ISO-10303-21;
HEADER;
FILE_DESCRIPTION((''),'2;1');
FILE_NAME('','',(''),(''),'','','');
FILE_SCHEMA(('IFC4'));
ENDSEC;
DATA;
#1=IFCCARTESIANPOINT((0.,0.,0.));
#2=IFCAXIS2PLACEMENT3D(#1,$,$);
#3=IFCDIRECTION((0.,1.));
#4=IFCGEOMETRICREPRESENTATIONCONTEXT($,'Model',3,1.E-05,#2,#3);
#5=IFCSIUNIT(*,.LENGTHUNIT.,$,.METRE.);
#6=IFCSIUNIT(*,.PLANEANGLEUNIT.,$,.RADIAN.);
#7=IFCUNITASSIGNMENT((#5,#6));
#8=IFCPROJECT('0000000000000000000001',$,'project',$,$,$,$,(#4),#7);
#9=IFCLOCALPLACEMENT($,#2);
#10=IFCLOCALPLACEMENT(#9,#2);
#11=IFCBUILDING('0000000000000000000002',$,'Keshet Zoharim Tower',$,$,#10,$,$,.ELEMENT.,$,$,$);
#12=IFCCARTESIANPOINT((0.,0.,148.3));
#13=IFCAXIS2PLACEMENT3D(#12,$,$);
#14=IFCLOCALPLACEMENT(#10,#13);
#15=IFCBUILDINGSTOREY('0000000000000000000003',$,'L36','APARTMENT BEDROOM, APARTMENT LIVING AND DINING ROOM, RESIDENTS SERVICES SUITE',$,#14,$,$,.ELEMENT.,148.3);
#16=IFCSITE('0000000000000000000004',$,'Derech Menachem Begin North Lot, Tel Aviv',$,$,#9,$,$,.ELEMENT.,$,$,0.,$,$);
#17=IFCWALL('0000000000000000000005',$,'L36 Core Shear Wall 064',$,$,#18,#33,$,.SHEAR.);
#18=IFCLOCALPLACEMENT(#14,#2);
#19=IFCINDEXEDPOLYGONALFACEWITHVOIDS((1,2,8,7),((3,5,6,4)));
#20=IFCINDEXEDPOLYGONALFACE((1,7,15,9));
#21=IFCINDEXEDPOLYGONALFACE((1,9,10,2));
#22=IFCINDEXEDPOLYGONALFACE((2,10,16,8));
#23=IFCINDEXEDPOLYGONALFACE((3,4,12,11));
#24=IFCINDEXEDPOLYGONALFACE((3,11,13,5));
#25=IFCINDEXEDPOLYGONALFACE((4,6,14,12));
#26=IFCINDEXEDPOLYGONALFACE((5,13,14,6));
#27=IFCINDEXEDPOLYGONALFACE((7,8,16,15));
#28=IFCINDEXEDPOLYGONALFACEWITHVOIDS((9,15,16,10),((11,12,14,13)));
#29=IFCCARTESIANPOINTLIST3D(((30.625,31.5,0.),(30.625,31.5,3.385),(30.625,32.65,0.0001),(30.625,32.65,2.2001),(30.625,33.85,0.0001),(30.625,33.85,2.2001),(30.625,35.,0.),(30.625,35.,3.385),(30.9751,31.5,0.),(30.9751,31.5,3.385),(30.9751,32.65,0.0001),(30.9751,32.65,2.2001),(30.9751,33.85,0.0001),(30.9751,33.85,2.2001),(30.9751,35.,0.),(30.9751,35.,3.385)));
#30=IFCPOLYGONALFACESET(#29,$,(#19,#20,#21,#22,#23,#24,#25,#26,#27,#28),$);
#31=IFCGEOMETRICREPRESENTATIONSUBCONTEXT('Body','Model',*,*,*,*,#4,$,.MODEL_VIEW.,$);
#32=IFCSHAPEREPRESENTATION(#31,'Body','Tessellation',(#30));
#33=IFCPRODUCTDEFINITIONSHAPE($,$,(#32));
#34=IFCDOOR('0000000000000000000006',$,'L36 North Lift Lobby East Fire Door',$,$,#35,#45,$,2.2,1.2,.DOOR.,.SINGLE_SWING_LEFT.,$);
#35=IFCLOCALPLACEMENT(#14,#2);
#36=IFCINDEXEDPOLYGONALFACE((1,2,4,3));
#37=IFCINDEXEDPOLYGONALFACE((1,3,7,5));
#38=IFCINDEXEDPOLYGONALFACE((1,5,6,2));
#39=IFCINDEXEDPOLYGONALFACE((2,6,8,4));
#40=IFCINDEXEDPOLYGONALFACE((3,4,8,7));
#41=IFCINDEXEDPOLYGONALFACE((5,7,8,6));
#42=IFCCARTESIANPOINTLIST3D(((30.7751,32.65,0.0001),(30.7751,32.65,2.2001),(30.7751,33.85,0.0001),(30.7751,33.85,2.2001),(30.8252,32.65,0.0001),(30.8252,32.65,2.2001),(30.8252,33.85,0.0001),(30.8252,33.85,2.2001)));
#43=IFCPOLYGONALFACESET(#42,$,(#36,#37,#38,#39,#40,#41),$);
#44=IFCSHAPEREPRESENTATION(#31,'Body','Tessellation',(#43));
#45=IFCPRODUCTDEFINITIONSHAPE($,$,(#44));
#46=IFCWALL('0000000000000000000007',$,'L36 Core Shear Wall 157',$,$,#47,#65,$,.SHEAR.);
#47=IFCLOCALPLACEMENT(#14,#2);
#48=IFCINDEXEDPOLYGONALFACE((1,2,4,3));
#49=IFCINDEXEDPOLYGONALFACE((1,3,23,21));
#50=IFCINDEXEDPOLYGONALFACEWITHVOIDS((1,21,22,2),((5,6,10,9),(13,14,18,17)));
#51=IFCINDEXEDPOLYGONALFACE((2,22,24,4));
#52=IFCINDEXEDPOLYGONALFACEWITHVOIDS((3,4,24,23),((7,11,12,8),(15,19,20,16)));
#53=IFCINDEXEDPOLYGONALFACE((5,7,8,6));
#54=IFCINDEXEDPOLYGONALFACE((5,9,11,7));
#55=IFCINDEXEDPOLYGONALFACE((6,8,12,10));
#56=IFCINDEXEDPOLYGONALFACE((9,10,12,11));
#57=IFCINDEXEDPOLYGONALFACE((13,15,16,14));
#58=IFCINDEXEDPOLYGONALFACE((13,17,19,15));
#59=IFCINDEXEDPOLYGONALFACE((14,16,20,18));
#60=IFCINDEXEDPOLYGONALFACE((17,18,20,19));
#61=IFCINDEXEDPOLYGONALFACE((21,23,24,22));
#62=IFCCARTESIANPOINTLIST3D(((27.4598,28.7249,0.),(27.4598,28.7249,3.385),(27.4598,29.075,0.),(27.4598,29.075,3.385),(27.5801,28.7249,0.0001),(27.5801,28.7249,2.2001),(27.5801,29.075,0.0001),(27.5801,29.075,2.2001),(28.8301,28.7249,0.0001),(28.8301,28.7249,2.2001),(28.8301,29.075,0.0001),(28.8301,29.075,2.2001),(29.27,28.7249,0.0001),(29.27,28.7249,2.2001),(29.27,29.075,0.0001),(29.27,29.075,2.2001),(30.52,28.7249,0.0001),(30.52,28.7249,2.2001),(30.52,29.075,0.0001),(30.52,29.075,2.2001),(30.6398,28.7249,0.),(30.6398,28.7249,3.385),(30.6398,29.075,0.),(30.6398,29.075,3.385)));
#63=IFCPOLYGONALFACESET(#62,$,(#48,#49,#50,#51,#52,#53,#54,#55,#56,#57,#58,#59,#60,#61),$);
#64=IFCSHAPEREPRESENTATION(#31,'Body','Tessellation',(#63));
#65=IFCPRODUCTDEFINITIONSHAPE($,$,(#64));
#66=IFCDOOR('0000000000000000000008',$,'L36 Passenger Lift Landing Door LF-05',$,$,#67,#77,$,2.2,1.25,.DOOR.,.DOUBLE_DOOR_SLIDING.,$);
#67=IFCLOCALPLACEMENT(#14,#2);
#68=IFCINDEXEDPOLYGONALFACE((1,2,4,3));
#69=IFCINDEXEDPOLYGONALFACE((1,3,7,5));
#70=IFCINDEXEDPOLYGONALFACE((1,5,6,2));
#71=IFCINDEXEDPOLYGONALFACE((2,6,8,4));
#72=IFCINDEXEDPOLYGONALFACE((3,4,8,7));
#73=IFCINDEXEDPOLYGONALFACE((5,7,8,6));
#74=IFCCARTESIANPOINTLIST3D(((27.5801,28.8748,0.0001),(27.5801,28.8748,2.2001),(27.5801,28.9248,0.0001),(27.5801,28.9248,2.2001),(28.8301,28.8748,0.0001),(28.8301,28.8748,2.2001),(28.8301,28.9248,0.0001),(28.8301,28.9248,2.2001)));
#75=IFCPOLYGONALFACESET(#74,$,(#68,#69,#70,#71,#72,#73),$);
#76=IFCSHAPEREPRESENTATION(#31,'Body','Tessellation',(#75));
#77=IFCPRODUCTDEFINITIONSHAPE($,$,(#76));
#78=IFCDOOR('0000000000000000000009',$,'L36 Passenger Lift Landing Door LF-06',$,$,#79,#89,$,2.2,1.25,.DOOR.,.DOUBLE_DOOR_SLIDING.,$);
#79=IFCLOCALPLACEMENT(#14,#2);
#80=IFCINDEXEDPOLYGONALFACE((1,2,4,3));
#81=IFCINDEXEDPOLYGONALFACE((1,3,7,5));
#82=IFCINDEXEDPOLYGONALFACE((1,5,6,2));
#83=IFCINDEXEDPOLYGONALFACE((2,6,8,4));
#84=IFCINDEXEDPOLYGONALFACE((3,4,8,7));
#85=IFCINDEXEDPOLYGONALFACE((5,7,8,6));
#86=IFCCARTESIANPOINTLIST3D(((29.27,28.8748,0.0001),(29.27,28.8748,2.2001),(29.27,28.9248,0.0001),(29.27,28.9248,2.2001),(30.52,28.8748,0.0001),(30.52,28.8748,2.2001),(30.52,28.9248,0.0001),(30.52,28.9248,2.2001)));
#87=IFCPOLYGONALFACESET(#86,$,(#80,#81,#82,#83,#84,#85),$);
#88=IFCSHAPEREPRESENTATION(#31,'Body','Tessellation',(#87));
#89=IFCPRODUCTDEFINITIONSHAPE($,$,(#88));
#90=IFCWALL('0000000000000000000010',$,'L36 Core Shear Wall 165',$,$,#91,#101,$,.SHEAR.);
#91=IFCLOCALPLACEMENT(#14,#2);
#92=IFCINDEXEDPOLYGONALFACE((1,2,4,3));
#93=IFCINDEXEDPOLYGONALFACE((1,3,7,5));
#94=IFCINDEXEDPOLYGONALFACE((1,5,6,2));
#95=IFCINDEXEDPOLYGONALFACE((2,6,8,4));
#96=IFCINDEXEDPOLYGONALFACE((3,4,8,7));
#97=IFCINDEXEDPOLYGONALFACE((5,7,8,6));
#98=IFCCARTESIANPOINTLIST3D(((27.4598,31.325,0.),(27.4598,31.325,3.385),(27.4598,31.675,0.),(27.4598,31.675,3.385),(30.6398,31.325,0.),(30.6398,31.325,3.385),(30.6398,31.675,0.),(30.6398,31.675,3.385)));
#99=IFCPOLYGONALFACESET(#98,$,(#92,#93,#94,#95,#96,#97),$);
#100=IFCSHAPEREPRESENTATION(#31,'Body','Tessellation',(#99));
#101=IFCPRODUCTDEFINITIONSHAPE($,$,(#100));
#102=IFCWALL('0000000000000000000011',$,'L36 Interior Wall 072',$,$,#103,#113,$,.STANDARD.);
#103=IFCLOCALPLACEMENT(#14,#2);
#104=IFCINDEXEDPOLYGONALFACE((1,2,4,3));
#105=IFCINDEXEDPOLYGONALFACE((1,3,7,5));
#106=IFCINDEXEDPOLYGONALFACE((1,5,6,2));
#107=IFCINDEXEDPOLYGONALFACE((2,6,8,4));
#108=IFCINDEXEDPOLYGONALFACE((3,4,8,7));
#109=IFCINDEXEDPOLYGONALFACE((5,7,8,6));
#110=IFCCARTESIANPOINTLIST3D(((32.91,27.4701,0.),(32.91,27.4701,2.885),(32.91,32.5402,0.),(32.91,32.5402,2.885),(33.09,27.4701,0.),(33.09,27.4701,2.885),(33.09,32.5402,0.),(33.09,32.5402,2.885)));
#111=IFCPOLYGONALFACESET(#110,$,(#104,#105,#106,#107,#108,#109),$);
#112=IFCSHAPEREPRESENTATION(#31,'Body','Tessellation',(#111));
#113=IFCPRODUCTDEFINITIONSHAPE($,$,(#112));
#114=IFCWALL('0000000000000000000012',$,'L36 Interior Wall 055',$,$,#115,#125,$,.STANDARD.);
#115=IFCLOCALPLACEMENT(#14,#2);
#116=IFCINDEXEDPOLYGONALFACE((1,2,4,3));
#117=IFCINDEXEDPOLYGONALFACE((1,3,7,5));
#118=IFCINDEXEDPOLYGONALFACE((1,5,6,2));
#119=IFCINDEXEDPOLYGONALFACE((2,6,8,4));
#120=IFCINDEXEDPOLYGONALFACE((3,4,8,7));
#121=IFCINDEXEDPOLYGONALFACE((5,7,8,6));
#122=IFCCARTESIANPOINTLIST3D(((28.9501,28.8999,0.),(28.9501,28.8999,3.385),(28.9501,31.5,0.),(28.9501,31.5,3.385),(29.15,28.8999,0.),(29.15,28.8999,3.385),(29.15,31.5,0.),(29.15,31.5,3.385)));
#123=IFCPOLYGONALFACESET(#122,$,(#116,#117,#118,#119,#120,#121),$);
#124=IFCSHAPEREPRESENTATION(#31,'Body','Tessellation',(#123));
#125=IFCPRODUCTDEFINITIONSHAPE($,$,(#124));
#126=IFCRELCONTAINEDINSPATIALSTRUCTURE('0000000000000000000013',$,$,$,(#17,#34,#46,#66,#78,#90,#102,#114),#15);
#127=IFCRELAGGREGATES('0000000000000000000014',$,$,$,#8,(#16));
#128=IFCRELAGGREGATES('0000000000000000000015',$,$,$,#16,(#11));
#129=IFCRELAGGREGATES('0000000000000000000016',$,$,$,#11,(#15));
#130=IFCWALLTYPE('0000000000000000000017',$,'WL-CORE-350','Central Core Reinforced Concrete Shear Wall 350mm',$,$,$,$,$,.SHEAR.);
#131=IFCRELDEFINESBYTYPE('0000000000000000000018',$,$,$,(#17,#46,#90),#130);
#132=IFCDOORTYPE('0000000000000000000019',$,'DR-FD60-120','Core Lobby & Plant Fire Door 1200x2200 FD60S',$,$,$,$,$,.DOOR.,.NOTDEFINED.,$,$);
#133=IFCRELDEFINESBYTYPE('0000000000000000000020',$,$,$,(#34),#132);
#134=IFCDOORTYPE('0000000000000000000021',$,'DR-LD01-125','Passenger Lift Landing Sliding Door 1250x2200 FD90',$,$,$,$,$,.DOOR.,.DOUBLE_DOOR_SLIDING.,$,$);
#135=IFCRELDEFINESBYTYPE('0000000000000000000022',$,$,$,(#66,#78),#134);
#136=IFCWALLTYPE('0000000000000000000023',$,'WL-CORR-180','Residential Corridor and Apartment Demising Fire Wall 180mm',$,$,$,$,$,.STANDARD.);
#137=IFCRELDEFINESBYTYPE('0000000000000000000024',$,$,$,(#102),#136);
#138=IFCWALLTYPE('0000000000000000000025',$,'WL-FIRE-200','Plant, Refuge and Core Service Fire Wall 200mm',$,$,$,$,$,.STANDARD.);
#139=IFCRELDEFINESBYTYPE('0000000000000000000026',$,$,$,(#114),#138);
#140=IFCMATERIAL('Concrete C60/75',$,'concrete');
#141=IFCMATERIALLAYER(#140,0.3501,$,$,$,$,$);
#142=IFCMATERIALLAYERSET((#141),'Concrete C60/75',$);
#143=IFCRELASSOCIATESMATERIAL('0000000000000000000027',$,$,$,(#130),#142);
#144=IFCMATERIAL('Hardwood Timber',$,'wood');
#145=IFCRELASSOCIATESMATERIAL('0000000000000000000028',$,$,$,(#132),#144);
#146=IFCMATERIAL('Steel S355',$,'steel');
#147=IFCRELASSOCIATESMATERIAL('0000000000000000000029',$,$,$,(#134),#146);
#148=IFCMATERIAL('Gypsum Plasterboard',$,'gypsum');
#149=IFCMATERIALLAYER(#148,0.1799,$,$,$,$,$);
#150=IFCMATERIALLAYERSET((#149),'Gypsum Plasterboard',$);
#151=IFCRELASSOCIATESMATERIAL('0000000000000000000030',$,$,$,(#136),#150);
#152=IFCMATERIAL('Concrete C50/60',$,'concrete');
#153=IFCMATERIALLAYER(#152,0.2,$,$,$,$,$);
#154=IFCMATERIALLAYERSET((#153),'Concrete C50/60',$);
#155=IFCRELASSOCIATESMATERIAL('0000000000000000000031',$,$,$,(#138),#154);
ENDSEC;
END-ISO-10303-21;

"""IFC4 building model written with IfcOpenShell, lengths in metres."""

from ifc_helpers import new_model, si_unit, direction, frame, frame_2d, origin, place, context, subcontext, project, spatial, rectangle, extrude, material, layer, layer_set, type_object, element, fill, save


model = new_model("IFC4")

# Units and contexts
model_context = context("Model", 3, precision=1e-05, world=origin(), true_north=direction((0.0, 1.0)))
body_context = subcontext(model_context, "Body", "Model", "MODEL_VIEW")
ifc_project = project(units=[si_unit("LENGTHUNIT", "METRE"), si_unit("PLANEANGLEUNIT", "RADIAN")], contexts=[model_context])

# Site, building, storey
site_placement = place(None, origin())
site = spatial("IfcSite", under=ifc_project, at=site_placement, Name="Derech Menachem Begin North Lot, Tel Aviv", CompositionType="ELEMENT", RefElevation=0.0)
building_placement = place(site_placement, origin())
building = spatial("IfcBuilding", under=site, at=building_placement, Name="Keshet Zoharim Tower", CompositionType="ELEMENT")
storey_placement = place(building_placement, frame((0.0, 0.0, 148.3)))
storey = spatial("IfcBuildingStorey", under=building, at=storey_placement, Name="L36", Description="APARTMENT BEDROOM, APARTMENT LIVING AND DINING ROOM, RESIDENTS SERVICES SUITE", CompositionType="ELEMENT", Elevation=148.3)

# Shared definitions
ifc_material_1 = material(Name="Concrete C60/75", Category="concrete")

# Shared definitions
ifc_material_2 = material(Name="Steel S355", Category="steel")

# Shared definitions
ifc_layer_1 = layer(ifc_material_1, 0.3501)
ifc_layer_set_1 = layer_set([ifc_layer_1], Name="Concrete C60/75")
wall_type_1 = type_object("IfcWallType", Name="WL-CORE-350", Description="Central Core Reinforced Concrete Shear Wall 350mm", PredefinedType="SHEAR", material=ifc_layer_set_1)

# Wall, opening, door
wall_1_placement = place(storey_placement, frame((30.8, 31.5, 0.0), z_axis=(0.0, 0.0, 1.0), x_axis=(0.0, 1.0, 0.0)))
wall_1 = element("IfcWall", 1, at=wall_1_placement, inside=storey, type_object=wall_type_1, Name="L36 Core Shear Wall 064", PredefinedType="SHEAR", context=body_context, shape_type="SweptSolid", body=[
    extrude(rectangle(XDim=3.5, YDim=0.3501, at=frame_2d((1.75, 0.0))), origin(), (0.0, 0.0, 1.0), 3.385),
])
opening_1_placement = place(wall_1_placement, frame((1.1499, 0.0, 0.0)))
opening_1 = element("IfcOpeningElement", 2, at=opening_1_placement, cuts=wall_1, PredefinedType="OPENING", context=body_context, shape_type="SweptSolid", body=[
    extrude(rectangle(XDim=1.2, YDim=2.2, at=frame_2d((0.6001, 1.1001))), frame((0.0, 0.1851, 0.0), z_axis=(0.0, -1.0, 0.0), x_axis=(1.0, 0.0, 0.0)), (0.0, 0.0, 1.0), 0.3701),
])
ifc_material_3 = material(Name="Hardwood Timber", Category="wood")
door_type_1 = type_object("IfcDoorType", Name="DR-FD60-120", Description="Core Lobby & Plant Fire Door 1200x2200 FD60S", OperationType="NOTDEFINED", PredefinedType="DOOR", material=ifc_material_3)
door_1_placement = place(opening_1_placement, origin())
door_1 = element("IfcDoor", 3, at=door_1_placement, inside=storey, type_object=door_type_1, Name="L36 North Lift Lobby East Fire Door", OperationType="SINGLE_SWING_LEFT", OverallHeight=2.2, OverallWidth=1.2, PredefinedType="DOOR", context=body_context, shape_type="SweptSolid", body=[
    extrude(rectangle(XDim=1.2, YDim=2.2, at=frame_2d((0.6001, 1.1001))), frame((0.0, 0.0249, 0.0), z_axis=(0.0, -1.0, 0.0), x_axis=(1.0, 0.0, 0.0)), (0.0, 0.0, 1.0), 0.05),
])
fill(opening_1, door_1)

# Wall, openings, doors
wall_2_placement = place(storey_placement, frame((27.46, 28.8999, 0.0), z_axis=(0.0, 0.0, 1.0), x_axis=(1.0, 0.0, 0.0)))
wall_2 = element("IfcWall", 4, at=wall_2_placement, inside=storey, type_object=wall_type_1, Name="L36 Core Shear Wall 157", PredefinedType="SHEAR", context=body_context, shape_type="SweptSolid", body=[
    extrude(rectangle(XDim=3.1799, YDim=0.3501, at=frame_2d((1.5898, 0.0))), origin(), (0.0, 0.0, 1.0), 3.385),
])
opening_2_placement = place(wall_2_placement, frame((0.1201, 0.0, 0.0)))
opening_2 = element("IfcOpeningElement", 5, at=opening_2_placement, cuts=wall_2, PredefinedType="OPENING", context=body_context, shape_type="SweptSolid", body=[
    extrude(rectangle(XDim=1.25, YDim=2.2, at=frame_2d((0.625, 1.1001))), frame((0.0, 0.1851, 0.0), z_axis=(0.0, -1.0, 0.0), x_axis=(1.0, 0.0, 0.0)), (0.0, 0.0, 1.0), 0.3701),
])
opening_3_placement = place(wall_2_placement, frame((1.8101, 0.0, 0.0)))
opening_3 = element("IfcOpeningElement", 6, at=opening_3_placement, cuts=wall_2, PredefinedType="OPENING", context=body_context, shape_type="SweptSolid", body=[
    extrude(rectangle(XDim=1.25, YDim=2.2, at=frame_2d((0.625, 1.1001))), frame((0.0, 0.1851, 0.0), z_axis=(0.0, -1.0, 0.0), x_axis=(1.0, 0.0, 0.0)), (0.0, 0.0, 1.0), 0.3701),
])
door_type_2 = type_object("IfcDoorType", Name="DR-LD01-125", Description="Passenger Lift Landing Sliding Door 1250x2200 FD90", OperationType="DOUBLE_DOOR_SLIDING", PredefinedType="DOOR", material=ifc_material_2)
door_2_placement = place(opening_2_placement, origin())
door_2 = element("IfcDoor", 7, at=door_2_placement, inside=storey, type_object=door_type_2, Name="L36 Passenger Lift Landing Door LF-05", OperationType="DOUBLE_DOOR_SLIDING", OverallHeight=2.2, OverallWidth=1.25, PredefinedType="DOOR", context=body_context, shape_type="SweptSolid", body=[
    extrude(rectangle(XDim=1.25, YDim=2.2, at=frame_2d((0.625, 1.1001))), frame((0.0, 0.0249, 0.0), z_axis=(0.0, -1.0, 0.0), x_axis=(1.0, 0.0, 0.0)), (0.0, 0.0, 1.0), 0.05),
])
fill(opening_2, door_2)
door_3_placement = place(opening_3_placement, origin())
door_3 = element("IfcDoor", 8, at=door_3_placement, inside=storey, type_object=door_type_2, Name="L36 Passenger Lift Landing Door LF-06", OperationType="DOUBLE_DOOR_SLIDING", OverallHeight=2.2, OverallWidth=1.25, PredefinedType="DOOR", context=body_context, shape_type="SweptSolid", body=[
    extrude(rectangle(XDim=1.25, YDim=2.2, at=frame_2d((0.625, 1.1001))), frame((0.0, 0.0249, 0.0), z_axis=(0.0, -1.0, 0.0), x_axis=(1.0, 0.0, 0.0)), (0.0, 0.0, 1.0), 0.05),
])
fill(opening_3, door_3)

# Walls
wall_3_placement = place(storey_placement, frame((27.46, 31.5, 0.0), z_axis=(0.0, 0.0, 1.0), x_axis=(1.0, 0.0, 0.0)))
element("IfcWall", 9, at=wall_3_placement, inside=storey, type_object=wall_type_1, Name="L36 Core Shear Wall 165", PredefinedType="SHEAR", context=body_context, shape_type="SweptSolid", body=[
    extrude(rectangle(XDim=3.1799, YDim=0.3501, at=frame_2d((1.5898, 0.0))), origin(), (0.0, 0.0, 1.0), 3.385),
])
ifc_material_4 = material(Name="Gypsum Plasterboard", Category="gypsum")
ifc_layer_2 = layer(ifc_material_4, 0.1799)
ifc_layer_set_2 = layer_set([ifc_layer_2], Name="Gypsum Plasterboard")
wall_type_2 = type_object("IfcWallType", Name="WL-CORR-180", Description="Residential Corridor and Apartment Demising Fire Wall 180mm", PredefinedType="STANDARD", material=ifc_layer_set_2)
wall_4_placement = place(storey_placement, frame((33.0, 27.47, 0.0), z_axis=(0.0, 0.0, 1.0), x_axis=(0.0, 1.0, 0.0)))
element("IfcWall", 10, at=wall_4_placement, inside=storey, type_object=wall_type_2, Name="L36 Interior Wall 072", PredefinedType="STANDARD", context=body_context, shape_type="SweptSolid", body=[
    extrude(rectangle(XDim=5.0701, YDim=0.1799, at=frame_2d((2.5352, 0.0))), origin(), (0.0, 0.0, 1.0), 2.885),
])
ifc_material_5 = material(Name="Concrete C50/60", Category="concrete")
ifc_layer_3 = layer(ifc_material_5, 0.2)
ifc_layer_set_3 = layer_set([ifc_layer_3], Name="Concrete C50/60")
wall_type_3 = type_object("IfcWallType", Name="WL-FIRE-200", Description="Plant, Refuge and Core Service Fire Wall 200mm", PredefinedType="STANDARD", material=ifc_layer_set_3)
wall_5_placement = place(storey_placement, frame((29.05, 28.8999, 0.0), z_axis=(0.0, 0.0, 1.0), x_axis=(0.0, 1.0, 0.0)))
element("IfcWall", 11, at=wall_5_placement, inside=storey, type_object=wall_type_3, Name="L36 Interior Wall 055", PredefinedType="STANDARD", context=body_context, shape_type="SweptSolid", body=[
    extrude(rectangle(XDim=2.6001, YDim=0.2, at=frame_2d((1.3, 0.0))), origin(), (0.0, 0.0, 1.0), 3.385),
])

save(model, "model.ifc")
